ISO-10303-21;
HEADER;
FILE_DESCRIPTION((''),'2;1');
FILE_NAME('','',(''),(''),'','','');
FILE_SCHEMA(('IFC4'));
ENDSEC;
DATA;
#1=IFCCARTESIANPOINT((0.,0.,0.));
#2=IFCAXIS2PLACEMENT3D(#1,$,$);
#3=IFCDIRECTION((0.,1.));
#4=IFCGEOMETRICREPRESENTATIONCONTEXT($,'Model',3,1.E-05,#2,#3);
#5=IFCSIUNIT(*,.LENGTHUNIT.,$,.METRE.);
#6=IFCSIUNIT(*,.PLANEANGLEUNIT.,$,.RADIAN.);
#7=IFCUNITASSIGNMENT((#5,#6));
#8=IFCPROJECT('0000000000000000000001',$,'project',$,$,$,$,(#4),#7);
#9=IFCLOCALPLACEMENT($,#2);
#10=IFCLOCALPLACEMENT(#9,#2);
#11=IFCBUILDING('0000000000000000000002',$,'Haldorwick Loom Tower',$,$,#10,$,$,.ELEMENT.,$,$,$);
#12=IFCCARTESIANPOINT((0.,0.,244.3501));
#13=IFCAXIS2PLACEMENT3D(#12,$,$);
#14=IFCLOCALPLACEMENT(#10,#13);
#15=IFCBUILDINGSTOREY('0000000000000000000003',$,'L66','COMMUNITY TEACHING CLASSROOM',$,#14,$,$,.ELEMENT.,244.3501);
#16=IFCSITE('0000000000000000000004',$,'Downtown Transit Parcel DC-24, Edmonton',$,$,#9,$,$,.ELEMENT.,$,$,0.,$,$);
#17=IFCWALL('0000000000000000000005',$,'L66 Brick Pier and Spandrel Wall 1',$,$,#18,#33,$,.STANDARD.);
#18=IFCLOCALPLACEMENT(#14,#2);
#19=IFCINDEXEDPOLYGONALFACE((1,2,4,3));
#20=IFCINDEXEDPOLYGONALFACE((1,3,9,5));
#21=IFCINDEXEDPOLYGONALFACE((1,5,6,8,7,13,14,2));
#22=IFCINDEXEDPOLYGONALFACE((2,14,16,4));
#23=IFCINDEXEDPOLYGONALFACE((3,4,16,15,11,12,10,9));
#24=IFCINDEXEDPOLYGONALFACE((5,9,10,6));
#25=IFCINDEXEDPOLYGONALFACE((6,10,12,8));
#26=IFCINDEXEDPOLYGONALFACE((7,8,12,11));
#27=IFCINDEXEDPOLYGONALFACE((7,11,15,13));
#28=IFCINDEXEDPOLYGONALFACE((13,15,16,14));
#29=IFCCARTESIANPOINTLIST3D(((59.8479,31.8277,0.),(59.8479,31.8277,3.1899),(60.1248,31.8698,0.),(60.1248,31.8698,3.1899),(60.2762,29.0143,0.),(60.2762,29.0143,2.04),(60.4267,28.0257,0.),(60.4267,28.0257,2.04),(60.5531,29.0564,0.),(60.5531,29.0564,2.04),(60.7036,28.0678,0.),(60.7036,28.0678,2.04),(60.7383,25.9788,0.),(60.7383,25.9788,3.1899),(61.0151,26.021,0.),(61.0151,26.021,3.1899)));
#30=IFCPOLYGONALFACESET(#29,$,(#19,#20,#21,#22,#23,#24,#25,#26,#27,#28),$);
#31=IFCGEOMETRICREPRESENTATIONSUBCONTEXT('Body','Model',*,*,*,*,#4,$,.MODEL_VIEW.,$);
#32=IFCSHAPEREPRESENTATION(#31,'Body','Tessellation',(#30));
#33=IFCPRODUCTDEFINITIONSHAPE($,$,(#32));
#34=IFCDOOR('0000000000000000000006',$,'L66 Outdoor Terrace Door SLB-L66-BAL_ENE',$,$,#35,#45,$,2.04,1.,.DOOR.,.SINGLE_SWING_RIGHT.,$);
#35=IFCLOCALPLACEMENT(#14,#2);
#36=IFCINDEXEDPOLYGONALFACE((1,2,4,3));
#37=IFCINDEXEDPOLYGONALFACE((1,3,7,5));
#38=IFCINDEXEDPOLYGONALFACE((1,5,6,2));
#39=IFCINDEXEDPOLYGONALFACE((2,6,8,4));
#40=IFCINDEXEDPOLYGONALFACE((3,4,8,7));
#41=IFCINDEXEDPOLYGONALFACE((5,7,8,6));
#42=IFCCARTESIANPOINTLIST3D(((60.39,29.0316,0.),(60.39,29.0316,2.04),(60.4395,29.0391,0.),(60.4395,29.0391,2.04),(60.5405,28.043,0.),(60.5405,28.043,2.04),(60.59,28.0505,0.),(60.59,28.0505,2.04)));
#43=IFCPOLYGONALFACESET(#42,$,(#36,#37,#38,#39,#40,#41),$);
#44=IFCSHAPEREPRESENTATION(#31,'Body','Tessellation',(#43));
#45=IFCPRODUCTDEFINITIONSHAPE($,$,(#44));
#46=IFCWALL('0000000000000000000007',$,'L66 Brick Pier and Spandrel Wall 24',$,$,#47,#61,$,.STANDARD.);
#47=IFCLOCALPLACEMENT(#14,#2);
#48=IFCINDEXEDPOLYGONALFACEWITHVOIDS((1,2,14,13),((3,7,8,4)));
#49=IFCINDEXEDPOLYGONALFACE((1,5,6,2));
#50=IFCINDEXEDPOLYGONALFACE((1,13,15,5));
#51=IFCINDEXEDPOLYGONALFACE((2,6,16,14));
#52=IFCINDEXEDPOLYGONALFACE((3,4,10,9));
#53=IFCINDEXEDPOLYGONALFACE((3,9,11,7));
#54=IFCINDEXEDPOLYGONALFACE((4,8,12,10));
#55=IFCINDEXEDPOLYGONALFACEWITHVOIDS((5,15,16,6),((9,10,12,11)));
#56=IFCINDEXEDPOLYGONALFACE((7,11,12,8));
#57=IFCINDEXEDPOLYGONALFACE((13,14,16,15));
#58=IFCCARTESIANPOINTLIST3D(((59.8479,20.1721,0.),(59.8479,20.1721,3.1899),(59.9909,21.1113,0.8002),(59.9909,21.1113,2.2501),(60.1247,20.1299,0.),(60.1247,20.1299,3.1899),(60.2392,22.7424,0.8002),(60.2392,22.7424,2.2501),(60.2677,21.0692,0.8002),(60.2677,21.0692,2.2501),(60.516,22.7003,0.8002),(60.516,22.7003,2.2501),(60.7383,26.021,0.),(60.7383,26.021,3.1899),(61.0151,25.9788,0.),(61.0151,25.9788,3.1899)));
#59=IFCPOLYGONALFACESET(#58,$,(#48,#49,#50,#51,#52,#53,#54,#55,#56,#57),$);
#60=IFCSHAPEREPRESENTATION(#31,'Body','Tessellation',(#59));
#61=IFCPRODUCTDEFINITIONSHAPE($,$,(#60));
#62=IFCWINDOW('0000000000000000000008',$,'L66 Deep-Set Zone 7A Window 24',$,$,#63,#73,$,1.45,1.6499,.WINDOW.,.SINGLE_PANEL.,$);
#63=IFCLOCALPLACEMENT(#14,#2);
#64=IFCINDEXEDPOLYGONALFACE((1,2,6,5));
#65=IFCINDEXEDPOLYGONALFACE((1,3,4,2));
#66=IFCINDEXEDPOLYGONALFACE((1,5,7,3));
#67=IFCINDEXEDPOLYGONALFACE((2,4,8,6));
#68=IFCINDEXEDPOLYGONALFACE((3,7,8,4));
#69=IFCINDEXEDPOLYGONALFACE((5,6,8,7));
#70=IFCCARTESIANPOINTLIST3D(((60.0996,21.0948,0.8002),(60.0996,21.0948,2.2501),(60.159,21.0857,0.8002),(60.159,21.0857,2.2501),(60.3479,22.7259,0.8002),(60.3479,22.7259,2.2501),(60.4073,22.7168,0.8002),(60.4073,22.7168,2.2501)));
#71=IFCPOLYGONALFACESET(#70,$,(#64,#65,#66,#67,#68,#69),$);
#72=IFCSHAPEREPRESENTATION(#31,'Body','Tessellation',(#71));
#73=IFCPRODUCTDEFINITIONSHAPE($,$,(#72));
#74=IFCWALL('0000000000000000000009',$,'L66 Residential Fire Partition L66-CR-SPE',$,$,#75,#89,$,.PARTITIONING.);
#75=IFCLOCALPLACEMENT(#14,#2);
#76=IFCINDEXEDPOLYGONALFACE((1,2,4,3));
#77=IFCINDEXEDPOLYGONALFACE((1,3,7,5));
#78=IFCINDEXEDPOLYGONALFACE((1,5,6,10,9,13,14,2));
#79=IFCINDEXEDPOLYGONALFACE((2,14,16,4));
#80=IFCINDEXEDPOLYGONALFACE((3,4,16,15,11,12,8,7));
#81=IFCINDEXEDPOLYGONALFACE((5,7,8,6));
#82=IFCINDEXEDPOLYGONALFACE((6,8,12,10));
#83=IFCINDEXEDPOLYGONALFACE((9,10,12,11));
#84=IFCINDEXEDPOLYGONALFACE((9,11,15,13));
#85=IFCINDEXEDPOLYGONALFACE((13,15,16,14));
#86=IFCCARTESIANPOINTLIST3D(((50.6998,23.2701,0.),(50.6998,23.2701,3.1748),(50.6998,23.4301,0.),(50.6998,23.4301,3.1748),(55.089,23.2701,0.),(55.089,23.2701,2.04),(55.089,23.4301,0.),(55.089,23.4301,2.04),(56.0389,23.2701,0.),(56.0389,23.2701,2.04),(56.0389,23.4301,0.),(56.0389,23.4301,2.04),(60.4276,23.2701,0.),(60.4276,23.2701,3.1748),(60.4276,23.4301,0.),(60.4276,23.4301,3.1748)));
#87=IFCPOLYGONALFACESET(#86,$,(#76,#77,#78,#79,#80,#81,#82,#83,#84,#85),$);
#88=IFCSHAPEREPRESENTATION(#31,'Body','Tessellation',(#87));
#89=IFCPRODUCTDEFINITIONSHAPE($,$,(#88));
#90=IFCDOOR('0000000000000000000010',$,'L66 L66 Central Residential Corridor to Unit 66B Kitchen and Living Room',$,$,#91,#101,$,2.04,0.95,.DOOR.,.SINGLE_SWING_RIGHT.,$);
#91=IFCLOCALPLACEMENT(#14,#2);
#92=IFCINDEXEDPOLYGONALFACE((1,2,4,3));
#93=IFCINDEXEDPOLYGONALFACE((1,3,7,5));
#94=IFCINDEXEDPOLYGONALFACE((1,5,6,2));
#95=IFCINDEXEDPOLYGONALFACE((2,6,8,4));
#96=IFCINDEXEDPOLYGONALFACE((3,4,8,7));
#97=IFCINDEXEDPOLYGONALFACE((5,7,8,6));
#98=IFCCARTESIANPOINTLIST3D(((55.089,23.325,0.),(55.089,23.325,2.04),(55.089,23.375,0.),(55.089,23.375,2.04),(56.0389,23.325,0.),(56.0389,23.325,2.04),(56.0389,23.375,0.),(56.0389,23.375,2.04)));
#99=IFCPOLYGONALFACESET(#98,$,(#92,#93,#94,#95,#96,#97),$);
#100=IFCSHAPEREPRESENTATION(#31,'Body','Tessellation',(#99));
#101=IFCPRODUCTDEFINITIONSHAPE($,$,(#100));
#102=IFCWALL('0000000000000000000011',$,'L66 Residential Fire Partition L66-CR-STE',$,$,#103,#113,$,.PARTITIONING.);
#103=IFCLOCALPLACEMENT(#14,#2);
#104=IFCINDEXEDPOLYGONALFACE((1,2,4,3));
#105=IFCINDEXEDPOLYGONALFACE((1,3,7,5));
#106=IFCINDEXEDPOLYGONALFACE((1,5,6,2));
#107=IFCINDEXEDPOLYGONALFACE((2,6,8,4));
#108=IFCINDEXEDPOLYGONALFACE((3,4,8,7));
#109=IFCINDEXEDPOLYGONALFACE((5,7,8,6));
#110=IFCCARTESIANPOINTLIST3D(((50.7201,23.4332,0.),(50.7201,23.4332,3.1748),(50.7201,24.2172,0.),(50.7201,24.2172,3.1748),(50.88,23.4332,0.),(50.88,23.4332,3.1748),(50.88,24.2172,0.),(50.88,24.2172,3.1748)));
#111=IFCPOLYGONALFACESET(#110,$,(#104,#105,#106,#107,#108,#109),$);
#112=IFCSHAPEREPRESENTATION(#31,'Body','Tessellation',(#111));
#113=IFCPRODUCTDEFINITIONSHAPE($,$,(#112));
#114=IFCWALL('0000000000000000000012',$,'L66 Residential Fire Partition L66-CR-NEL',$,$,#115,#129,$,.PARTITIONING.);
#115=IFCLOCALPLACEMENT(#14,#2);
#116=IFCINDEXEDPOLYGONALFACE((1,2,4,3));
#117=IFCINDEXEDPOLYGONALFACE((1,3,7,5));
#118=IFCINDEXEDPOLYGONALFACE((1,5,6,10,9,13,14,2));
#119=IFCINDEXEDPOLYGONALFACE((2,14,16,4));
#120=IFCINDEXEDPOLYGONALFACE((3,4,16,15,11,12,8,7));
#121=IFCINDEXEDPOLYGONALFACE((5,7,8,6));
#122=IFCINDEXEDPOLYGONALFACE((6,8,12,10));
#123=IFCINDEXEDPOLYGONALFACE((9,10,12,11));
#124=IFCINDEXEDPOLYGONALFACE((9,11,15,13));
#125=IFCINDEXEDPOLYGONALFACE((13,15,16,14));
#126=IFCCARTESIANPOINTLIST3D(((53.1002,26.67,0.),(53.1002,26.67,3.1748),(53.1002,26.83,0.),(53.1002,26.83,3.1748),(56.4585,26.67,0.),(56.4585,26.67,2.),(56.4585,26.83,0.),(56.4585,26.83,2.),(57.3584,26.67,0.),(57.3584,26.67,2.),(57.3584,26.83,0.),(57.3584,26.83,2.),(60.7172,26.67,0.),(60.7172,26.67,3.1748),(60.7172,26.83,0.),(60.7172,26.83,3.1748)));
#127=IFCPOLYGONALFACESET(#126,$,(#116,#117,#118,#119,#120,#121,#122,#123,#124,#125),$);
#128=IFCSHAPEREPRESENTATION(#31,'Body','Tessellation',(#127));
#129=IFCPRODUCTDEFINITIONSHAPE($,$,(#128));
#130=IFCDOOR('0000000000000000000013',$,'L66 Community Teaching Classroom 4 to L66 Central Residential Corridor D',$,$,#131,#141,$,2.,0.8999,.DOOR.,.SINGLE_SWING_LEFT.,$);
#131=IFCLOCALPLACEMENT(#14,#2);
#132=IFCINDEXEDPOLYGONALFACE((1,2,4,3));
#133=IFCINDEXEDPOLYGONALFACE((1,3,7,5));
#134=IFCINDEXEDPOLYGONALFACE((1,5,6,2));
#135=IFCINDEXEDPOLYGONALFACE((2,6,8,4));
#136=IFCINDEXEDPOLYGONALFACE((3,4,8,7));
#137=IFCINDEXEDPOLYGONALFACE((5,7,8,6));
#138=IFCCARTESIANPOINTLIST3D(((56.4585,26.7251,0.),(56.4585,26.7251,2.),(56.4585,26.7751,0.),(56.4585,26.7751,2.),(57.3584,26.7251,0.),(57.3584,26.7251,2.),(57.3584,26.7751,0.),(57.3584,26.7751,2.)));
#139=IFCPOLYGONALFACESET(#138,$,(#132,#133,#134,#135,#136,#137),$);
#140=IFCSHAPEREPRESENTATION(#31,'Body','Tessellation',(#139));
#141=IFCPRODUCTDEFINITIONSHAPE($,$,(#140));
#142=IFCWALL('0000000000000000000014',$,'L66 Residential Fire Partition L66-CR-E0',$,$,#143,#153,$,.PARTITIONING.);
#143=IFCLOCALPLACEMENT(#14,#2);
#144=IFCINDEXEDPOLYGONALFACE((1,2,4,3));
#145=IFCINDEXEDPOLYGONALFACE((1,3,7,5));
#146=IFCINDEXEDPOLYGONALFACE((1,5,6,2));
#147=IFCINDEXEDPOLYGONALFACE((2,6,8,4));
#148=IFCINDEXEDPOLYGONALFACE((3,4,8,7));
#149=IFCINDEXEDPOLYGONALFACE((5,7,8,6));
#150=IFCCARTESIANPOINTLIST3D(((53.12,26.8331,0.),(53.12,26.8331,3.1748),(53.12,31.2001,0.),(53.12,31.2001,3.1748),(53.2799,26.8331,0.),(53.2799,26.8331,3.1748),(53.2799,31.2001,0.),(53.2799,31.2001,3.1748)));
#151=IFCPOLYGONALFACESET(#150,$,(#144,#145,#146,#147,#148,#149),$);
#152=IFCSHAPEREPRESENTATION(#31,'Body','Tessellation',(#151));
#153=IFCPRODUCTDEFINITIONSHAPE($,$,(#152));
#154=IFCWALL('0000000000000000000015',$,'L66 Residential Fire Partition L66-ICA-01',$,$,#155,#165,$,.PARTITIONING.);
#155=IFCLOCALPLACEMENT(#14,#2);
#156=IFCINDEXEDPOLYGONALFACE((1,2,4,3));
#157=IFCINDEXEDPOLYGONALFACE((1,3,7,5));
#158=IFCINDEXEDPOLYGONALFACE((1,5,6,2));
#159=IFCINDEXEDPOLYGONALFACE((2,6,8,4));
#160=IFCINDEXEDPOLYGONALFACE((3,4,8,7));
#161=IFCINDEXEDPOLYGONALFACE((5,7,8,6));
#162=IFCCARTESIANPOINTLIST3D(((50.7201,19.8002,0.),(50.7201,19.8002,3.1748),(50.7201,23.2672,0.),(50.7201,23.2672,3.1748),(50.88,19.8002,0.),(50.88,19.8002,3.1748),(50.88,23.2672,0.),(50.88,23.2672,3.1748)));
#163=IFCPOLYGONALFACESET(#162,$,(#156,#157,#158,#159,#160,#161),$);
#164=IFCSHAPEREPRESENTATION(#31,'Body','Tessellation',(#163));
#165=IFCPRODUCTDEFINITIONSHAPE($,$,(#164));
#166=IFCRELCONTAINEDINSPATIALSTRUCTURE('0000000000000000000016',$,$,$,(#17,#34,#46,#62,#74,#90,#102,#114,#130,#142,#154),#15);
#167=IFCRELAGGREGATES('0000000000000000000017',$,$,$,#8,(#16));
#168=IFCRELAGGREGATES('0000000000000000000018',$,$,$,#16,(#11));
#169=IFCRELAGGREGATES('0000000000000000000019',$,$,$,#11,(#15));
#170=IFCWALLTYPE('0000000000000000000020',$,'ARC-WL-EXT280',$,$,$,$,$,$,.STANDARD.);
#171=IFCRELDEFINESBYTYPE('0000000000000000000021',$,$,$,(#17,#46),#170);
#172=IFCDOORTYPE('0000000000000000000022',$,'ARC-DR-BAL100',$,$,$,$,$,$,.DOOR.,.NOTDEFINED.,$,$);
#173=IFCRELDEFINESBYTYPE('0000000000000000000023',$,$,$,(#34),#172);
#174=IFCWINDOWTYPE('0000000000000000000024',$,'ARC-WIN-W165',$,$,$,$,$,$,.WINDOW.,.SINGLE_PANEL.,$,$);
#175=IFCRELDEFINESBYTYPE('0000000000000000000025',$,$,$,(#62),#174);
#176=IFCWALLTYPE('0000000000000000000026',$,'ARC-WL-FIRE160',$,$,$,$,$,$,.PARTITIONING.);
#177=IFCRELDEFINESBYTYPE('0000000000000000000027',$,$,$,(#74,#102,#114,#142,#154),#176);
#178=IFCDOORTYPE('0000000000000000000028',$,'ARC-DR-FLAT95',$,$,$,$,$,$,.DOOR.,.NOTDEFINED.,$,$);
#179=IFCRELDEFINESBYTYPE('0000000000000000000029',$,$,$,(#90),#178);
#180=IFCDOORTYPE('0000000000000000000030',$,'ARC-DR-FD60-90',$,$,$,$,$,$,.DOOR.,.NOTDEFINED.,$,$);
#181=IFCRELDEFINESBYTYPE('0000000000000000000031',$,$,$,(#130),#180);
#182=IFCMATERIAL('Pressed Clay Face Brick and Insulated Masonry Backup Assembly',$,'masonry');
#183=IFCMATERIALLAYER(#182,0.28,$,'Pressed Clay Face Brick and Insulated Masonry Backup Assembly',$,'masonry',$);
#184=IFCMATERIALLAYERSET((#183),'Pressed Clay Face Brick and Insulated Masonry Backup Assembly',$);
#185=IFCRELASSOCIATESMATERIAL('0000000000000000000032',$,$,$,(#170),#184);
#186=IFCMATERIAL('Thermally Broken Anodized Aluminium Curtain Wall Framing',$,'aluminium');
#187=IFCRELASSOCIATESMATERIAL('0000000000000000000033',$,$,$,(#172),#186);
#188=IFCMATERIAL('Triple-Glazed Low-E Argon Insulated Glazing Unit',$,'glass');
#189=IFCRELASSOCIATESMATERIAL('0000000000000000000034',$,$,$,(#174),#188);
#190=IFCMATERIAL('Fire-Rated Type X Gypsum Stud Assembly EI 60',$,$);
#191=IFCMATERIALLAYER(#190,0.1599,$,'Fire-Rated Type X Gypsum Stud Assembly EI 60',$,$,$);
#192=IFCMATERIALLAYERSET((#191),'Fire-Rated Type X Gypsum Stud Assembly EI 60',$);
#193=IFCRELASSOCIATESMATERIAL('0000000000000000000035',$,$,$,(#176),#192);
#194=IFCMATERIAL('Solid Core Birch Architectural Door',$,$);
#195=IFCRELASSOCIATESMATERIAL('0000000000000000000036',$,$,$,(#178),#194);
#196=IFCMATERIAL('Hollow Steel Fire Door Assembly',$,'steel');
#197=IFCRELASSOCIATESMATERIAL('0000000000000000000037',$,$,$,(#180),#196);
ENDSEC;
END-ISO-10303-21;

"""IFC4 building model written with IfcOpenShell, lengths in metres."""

from ifc_helpers import new_model, si_unit, direction, frame, frame_2d, origin, place, context, subcontext, project, spatial, rectangle, extrude, material, layer, layer_set, type_object, element, fill, save


model = new_model("IFC4")

# Units and contexts
model_context = context("Model", 3, precision=1e-05, world=origin(), true_north=direction((0.0, 1.0)))
body_context = subcontext(model_context, "Body", "Model", "MODEL_VIEW")
ifc_project = project(units=[si_unit("LENGTHUNIT", "METRE"), si_unit("PLANEANGLEUNIT", "RADIAN")], contexts=[model_context])

# Site, building, storey
site_placement = place(None, origin())
site = spatial("IfcSite", under=ifc_project, at=site_placement, Name="Downtown Transit Parcel DC-24, Edmonton", CompositionType="ELEMENT", RefElevation=0.0)
building_placement = place(site_placement, origin())
building = spatial("IfcBuilding", under=site, at=building_placement, Name="Haldorwick Loom Tower", CompositionType="ELEMENT")
storey_placement = place(building_placement, frame((0.0, 0.0, 244.3501)))
storey = spatial("IfcBuildingStorey", under=building, at=storey_placement, Name="L66", Description="COMMUNITY TEACHING CLASSROOM", CompositionType="ELEMENT", Elevation=244.3501)

# Wall, opening, door
ifc_material_1 = material(Name="Pressed Clay Face Brick and Insulated Masonry Backup Assembly", Category="masonry")
ifc_layer_1 = layer(ifc_material_1, 0.28, Name="Pressed Clay Face Brick and Insulated Masonry Backup Assembly", Category="masonry")
ifc_layer_set_1 = layer_set([ifc_layer_1], Name="Pressed Clay Face Brick and Insulated Masonry Backup Assembly")
wall_type_1 = type_object("IfcWallType", Name="ARC-WL-EXT280", PredefinedType="STANDARD", material=ifc_layer_set_1)
wall_1_placement = place(storey_placement, frame((60.8767, 26.0, 0.0), z_axis=(0.0, 0.0, 1.0), x_axis=(-0.150497, 0.98861, 0.0)))
wall_1 = element("IfcWall", 1, at=wall_1_placement, inside=storey, type_object=wall_type_1, Name="L66 Brick Pier and Spandrel Wall 1", PredefinedType="STANDARD", context=body_context, shape_type="SweptSolid", body=[
    extrude(rectangle(XDim=5.9163, YDim=0.28, at=frame_2d((2.958, 0.0))), origin(), (0.0, 0.0, 1.0), 3.1899),
])
opening_1_placement = place(wall_1_placement, frame((2.0703, 0.0, 0.0)))
opening_1 = element("IfcOpeningElement", 2, at=opening_1_placement, cuts=wall_1, PredefinedType="OPENING", context=body_context, shape_type="SweptSolid", body=[
    extrude(rectangle(XDim=1.0, YDim=2.04, at=frame_2d((0.5, 1.02))), frame((0.0, 0.1499, 0.0), z_axis=(0.0, -1.0, 0.0), x_axis=(1.0, 0.0, 0.0)), (0.0, 0.0, 1.0), 0.3),
])
ifc_material_2 = material(Name="Thermally Broken Anodized Aluminium Curtain Wall Framing", Category="aluminium")
door_type_1 = type_object("IfcDoorType", Name="ARC-DR-BAL100", OperationType="NOTDEFINED", PredefinedType="DOOR", material=ifc_material_2)
door_1_placement = place(opening_1_placement, origin())
door_1 = element("IfcDoor", 3, at=door_1_placement, inside=storey, type_object=door_type_1, Name="L66 Outdoor Terrace Door SLB-L66-BAL_ENE", OperationType="SINGLE_SWING_RIGHT", OverallHeight=2.04, OverallWidth=1.0, PredefinedType="DOOR", context=body_context, shape_type="SweptSolid", body=[
    extrude(rectangle(XDim=1.0, YDim=2.04, at=frame_2d((0.5, 1.02))), frame((0.0, 0.0249, 0.0), z_axis=(0.0, -1.0, 0.0), x_axis=(1.0, 0.0, 0.0)), (0.0, 0.0, 1.0), 0.05),
])
fill(opening_1, door_1)

# Wall, opening, window
wall_2_placement = place(storey_placement, frame((59.9863, 20.1511, 0.0), z_axis=(0.0, 0.0, 1.0), x_axis=(0.150497, 0.98861, 0.0)))
wall_2 = element("IfcWall", 4, at=wall_2_placement, inside=storey, type_object=wall_type_1, Name="L66 Brick Pier and Spandrel Wall 24", PredefinedType="STANDARD", context=body_context, shape_type="SweptSolid", body=[
    extrude(rectangle(XDim=5.9163, YDim=0.28, at=frame_2d((2.958, 0.0))), origin(), (0.0, 0.0, 1.0), 3.1899),
])
opening_2_placement = place(wall_2_placement, frame((0.95, 0.0, 0.8)))
opening_2 = element("IfcOpeningElement", 5, at=opening_2_placement, cuts=wall_2, PredefinedType="OPENING", context=body_context, shape_type="SweptSolid", body=[
    extrude(rectangle(XDim=1.6499, YDim=1.45, at=frame_2d((0.825, 0.7251))), frame((0.0, 0.1499, 0.0), z_axis=(0.0, -1.0, 0.0), x_axis=(1.0, 0.0, 0.0)), (0.0, 0.0, 1.0), 0.3),
])
ifc_material_3 = material(Name="Triple-Glazed Low-E Argon Insulated Glazing Unit", Category="glass")
window_type = type_object("IfcWindowType", Name="ARC-WIN-W165", PartitioningType="SINGLE_PANEL", PredefinedType="WINDOW", material=ifc_material_3)
window_placement = place(opening_2_placement, origin())
window = element("IfcWindow", 6, at=window_placement, inside=storey, type_object=window_type, Name="L66 Deep-Set Zone 7A Window 24", OverallHeight=1.45, OverallWidth=1.6499, PartitioningType="SINGLE_PANEL", PredefinedType="WINDOW", context=body_context, shape_type="SweptSolid", body=[
    extrude(rectangle(XDim=1.6499, YDim=1.45, at=frame_2d((0.825, 0.7251))), frame((0.0, 0.03, 0.0), z_axis=(0.0, -1.0, 0.0), x_axis=(1.0, 0.0, 0.0)), (0.0, 0.0, 1.0), 0.0601),
])
fill(opening_2, window)

# Wall, opening, door
ifc_material_4 = material(Name="Fire-Rated Type X Gypsum Stud Assembly EI 60")
ifc_layer_2 = layer(ifc_material_4, 0.1599, Name="Fire-Rated Type X Gypsum Stud Assembly EI 60")
ifc_layer_set_2 = layer_set([ifc_layer_2], Name="Fire-Rated Type X Gypsum Stud Assembly EI 60")
wall_type_2 = type_object("IfcWallType", Name="ARC-WL-FIRE160", PredefinedType="PARTITIONING", material=ifc_layer_set_2)
wall_3_placement = place(storey_placement, frame((50.7, 23.3501, 0.0), z_axis=(0.0, 0.0, 1.0), x_axis=(1.0, 0.0, 0.0)))
wall_3 = element("IfcWall", 7, at=wall_3_placement, inside=storey, type_object=wall_type_2, Name="L66 Residential Fire Partition L66-CR-SPE", PredefinedType="PARTITIONING", context=body_context, shape_type="SweptSolid", body=[
    extrude(rectangle(XDim=9.7278, YDim=0.1599, at=frame_2d((4.8638, 0.0))), origin(), (0.0, 0.0, 1.0), 3.1748),
])
opening_3_placement = place(wall_3_placement, frame((4.3889, 0.0, 0.0)))
opening_3 = element("IfcOpeningElement", 8, at=opening_3_placement, cuts=wall_3, PredefinedType="OPENING", context=body_context, shape_type="SweptSolid", body=[
    extrude(rectangle(XDim=0.95, YDim=2.04, at=frame_2d((0.4751, 1.02))), frame((0.0, 0.0898, 0.0), z_axis=(0.0, -1.0, 0.0), x_axis=(1.0, 0.0, 0.0)), (0.0, 0.0, 1.0), 0.1799),
])
ifc_material_5 = material(Name="Solid Core Birch Architectural Door")
door_type_2 = type_object("IfcDoorType", Name="ARC-DR-FLAT95", OperationType="NOTDEFINED", PredefinedType="DOOR", material=ifc_material_5)
door_2_placement = place(opening_3_placement, origin())
door_2 = element("IfcDoor", 9, at=door_2_placement, inside=storey, type_object=door_type_2, Name="L66 L66 Central Residential Corridor to Unit 66B Kitchen and Living Room", OperationType="SINGLE_SWING_RIGHT", OverallHeight=2.04, OverallWidth=0.95, PredefinedType="DOOR", context=body_context, shape_type="SweptSolid", body=[
    extrude(rectangle(XDim=0.95, YDim=2.04, at=frame_2d((0.4751, 1.02))), frame((0.0, 0.0249, 0.0), z_axis=(0.0, -1.0, 0.0), x_axis=(1.0, 0.0, 0.0)), (0.0, 0.0, 1.0), 0.05),
])
fill(opening_3, door_2)

# Wall
wall_4_placement = place(storey_placement, frame((50.8, 23.4331, 0.0), z_axis=(0.0, 0.0, 1.0), x_axis=(0.0, 1.0, 0.0)))
element("IfcWall", 10, at=wall_4_placement, inside=storey, type_object=wall_type_2, Name="L66 Residential Fire Partition L66-CR-STE", PredefinedType="PARTITIONING", context=body_context, shape_type="SweptSolid", body=[
    extrude(rectangle(XDim=0.7839, YDim=0.1599, at=frame_2d((0.3921, 0.0))), origin(), (0.0, 0.0, 1.0), 3.1748),
])

# Wall, opening, door
wall_5_placement = place(storey_placement, frame((53.1001, 26.75, 0.0), z_axis=(0.0, 0.0, 1.0), x_axis=(1.0, 0.0, 0.0)))
wall_5 = element("IfcWall", 11, at=wall_5_placement, inside=storey, type_object=wall_type_2, Name="L66 Residential Fire Partition L66-CR-NEL", PredefinedType="PARTITIONING", context=body_context, shape_type="SweptSolid", body=[
    extrude(rectangle(XDim=7.6169, YDim=0.1599, at=frame_2d((3.8086, 0.0))), origin(), (0.0, 0.0, 1.0), 3.1748),
])
opening_4_placement = place(wall_5_placement, frame((3.3584, 0.0, 0.0)))
opening_4 = element("IfcOpeningElement", 12, at=opening_4_placement, cuts=wall_5, PredefinedType="OPENING", context=body_context, shape_type="SweptSolid", body=[
    extrude(rectangle(XDim=0.8999, YDim=2.0, at=frame_2d((0.45, 1.0))), frame((0.0, 0.0898, 0.0), z_axis=(0.0, -1.0, 0.0), x_axis=(1.0, 0.0, 0.0)), (0.0, 0.0, 1.0), 0.1799),
])
ifc_material_6 = material(Name="Hollow Steel Fire Door Assembly", Category="steel")
door_type_3 = type_object("IfcDoorType", Name="ARC-DR-FD60-90", OperationType="NOTDEFINED", PredefinedType="DOOR", material=ifc_material_6)
door_3_placement = place(opening_4_placement, frame((0.8999, 0.0, 0.0), z_axis=(0.0, 0.0, 1.0), x_axis=(-1.0, 0.0, 0.0)))
door_3 = element("IfcDoor", 13, at=door_3_placement, inside=storey, type_object=door_type_3, Name="L66 Community Teaching Classroom 4 to L66 Central Residential Corridor D", OperationType="SINGLE_SWING_LEFT", OverallHeight=2.0, OverallWidth=0.8999, PredefinedType="DOOR", context=body_context, shape_type="SweptSolid", body=[
    extrude(rectangle(XDim=0.8999, YDim=2.0, at=frame_2d((0.45, 1.0))), frame((0.0, 0.0249, 0.0), z_axis=(0.0, -1.0, 0.0), x_axis=(1.0, 0.0, 0.0)), (0.0, 0.0, 1.0), 0.05),
])
fill(opening_4, door_3)

# Walls
wall_6_placement = place(storey_placement, frame((53.2, 26.833, 0.0), z_axis=(0.0, 0.0, 1.0), x_axis=(0.0, 1.0, 0.0)))
element("IfcWall", 14, at=wall_6_placement, inside=storey, type_object=wall_type_2, Name="L66 Residential Fire Partition L66-CR-E0", PredefinedType="PARTITIONING", context=body_context, shape_type="SweptSolid", body=[
    extrude(rectangle(XDim=4.3669, YDim=0.1599, at=frame_2d((2.1836, 0.0))), origin(), (0.0, 0.0, 1.0), 3.1748),
])
wall_7_placement = place(storey_placement, frame((50.8, 23.2671, 0.0), z_axis=(0.0, 0.0, 1.0), x_axis=(0.0, -1.0, 0.0)))
element("IfcWall", 15, at=wall_7_placement, inside=storey, type_object=wall_type_2, Name="L66 Residential Fire Partition L66-ICA-01", PredefinedType="PARTITIONING", context=body_context, shape_type="SweptSolid", body=[
    extrude(rectangle(XDim=3.467, YDim=0.1599, at=frame_2d((1.7334, 0.0))), origin(), (0.0, 0.0, 1.0), 3.1748),
])

save(model, "model.ifc")
